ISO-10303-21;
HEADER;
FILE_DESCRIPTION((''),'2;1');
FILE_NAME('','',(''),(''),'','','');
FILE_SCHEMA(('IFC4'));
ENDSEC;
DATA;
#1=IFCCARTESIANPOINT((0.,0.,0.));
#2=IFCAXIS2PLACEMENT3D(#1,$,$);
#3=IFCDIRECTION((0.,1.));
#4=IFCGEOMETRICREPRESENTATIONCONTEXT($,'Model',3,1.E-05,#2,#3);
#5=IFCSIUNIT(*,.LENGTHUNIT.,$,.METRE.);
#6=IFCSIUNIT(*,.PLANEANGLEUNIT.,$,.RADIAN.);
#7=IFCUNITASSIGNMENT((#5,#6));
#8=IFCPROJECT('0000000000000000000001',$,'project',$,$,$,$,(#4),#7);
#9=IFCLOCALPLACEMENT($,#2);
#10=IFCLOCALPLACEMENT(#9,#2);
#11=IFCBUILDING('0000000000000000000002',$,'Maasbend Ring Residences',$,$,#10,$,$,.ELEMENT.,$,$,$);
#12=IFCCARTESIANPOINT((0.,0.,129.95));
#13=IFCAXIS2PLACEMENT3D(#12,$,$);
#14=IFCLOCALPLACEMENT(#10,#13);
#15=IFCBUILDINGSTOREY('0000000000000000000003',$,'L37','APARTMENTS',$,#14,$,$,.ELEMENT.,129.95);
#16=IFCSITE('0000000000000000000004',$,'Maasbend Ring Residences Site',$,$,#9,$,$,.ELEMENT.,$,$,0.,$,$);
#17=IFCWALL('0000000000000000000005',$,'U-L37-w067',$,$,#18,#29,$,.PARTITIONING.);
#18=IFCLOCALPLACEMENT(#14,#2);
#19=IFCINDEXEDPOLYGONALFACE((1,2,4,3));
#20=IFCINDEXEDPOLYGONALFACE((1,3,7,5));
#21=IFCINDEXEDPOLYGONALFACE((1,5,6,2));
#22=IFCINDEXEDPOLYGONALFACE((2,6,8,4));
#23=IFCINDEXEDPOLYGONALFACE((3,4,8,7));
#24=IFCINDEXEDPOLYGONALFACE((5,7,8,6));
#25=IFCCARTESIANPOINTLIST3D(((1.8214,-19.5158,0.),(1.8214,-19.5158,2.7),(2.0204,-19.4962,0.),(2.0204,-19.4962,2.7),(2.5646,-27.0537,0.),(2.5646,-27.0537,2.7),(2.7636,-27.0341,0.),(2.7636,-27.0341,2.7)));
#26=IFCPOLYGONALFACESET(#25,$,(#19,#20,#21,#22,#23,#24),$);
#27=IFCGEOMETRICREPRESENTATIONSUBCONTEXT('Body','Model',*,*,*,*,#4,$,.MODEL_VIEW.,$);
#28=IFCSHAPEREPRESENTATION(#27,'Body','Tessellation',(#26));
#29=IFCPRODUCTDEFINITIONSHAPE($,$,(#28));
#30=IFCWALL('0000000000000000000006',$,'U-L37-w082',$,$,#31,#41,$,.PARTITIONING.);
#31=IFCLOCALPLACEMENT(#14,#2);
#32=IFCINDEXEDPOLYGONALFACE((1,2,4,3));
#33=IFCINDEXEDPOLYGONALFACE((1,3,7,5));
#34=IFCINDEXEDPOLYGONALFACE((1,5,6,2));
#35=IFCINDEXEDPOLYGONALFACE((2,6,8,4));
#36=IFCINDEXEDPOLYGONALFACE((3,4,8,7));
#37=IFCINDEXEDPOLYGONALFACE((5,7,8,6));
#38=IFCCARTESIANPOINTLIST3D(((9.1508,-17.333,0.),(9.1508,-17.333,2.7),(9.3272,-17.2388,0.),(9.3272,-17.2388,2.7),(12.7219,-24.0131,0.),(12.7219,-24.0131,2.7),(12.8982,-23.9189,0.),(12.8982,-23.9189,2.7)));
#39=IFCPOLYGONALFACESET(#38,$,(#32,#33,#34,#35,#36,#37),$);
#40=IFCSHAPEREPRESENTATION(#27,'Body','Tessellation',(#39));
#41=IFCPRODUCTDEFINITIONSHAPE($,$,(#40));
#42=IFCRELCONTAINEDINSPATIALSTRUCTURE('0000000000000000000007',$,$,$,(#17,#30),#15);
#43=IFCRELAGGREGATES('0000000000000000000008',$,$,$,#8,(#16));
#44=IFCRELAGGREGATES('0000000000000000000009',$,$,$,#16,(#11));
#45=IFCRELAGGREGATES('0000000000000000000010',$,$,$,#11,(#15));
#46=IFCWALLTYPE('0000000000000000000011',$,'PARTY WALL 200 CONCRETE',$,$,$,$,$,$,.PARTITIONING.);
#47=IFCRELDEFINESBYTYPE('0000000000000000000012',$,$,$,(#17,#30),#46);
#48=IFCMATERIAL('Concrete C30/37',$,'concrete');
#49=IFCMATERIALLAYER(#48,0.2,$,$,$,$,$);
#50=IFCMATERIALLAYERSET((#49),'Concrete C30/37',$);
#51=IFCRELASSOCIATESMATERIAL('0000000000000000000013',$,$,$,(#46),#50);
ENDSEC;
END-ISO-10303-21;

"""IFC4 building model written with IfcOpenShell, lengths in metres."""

from ifc_helpers import new_model, si_unit, direction, frame, frame_2d, origin, place, context, subcontext, project, spatial, rectangle, extrude, material, layer, layer_set, type_object, element, save


model = new_model("IFC4")

# Units and contexts
model_context = context("Model", 3, precision=1e-05, world=origin(), true_north=direction((0.0, 1.0)))
body_context = subcontext(model_context, "Body", "Model", "MODEL_VIEW")
ifc_project = project(units=[si_unit("LENGTHUNIT", "METRE"), si_unit("PLANEANGLEUNIT", "RADIAN")], contexts=[model_context])

# Site, building, storey
site_placement = place(None, origin())
site = spatial("IfcSite", under=ifc_project, at=site_placement, Name="Maasbend Ring Residences Site", CompositionType="ELEMENT", RefElevation=0.0)
building_placement = place(site_placement, origin())
building = spatial("IfcBuilding", under=site, at=building_placement, Name="Maasbend Ring Residences", CompositionType="ELEMENT")
storey_placement = place(building_placement, frame((0.0, 0.0, 129.95)))
storey = spatial("IfcBuildingStorey", under=building, at=storey_placement, Name="L37", Description="APARTMENTS", CompositionType="ELEMENT", Elevation=129.95)

# Walls
ifc_material_1 = material(Name="Concrete C30/37", Category="concrete")
ifc_layer_1 = layer(ifc_material_1, 0.2)
ifc_layer_set_1 = layer_set([ifc_layer_1], Name="Concrete C30/37")
wall_type_1 = type_object("IfcWallType", Name="PARTY WALL 200 CONCRETE", PredefinedType="PARTITIONING", material=ifc_layer_set_1)
wall_1_placement = place(storey_placement, frame((1.9209, -19.5061, 0.0), z_axis=(0.0, 0.0, 1.0), x_axis=(0.098115, -0.995175, 0.0)))
element("IfcWall", 1, at=wall_1_placement, inside=storey, type_object=wall_type_1, Name="U-L37-w067", PredefinedType="PARTITIONING", context=body_context, shape_type="SweptSolid", body=[
    extrude(rectangle(XDim=7.5745, YDim=0.2, at=frame_2d((3.7871, 0.0))), origin(), (0.0, 0.0, 1.0), 2.7),
])
wall_2_placement = place(storey_placement, frame((9.239, -17.2859, 0.0), z_axis=(0.0, 0.0, 1.0), x_axis=(0.47144, -0.881898, 0.0)))
element("IfcWall", 2, at=wall_2_placement, inside=storey, type_object=wall_type_1, Name="U-L37-w082", PredefinedType="PARTITIONING", context=body_context, shape_type="SweptSolid", body=[
    extrude(rectangle(XDim=7.5747, YDim=0.2, at=frame_2d((3.7874, 0.0))), origin(), (0.0, 0.0, 1.0), 2.7),
])

save(model, "model.ifc")
